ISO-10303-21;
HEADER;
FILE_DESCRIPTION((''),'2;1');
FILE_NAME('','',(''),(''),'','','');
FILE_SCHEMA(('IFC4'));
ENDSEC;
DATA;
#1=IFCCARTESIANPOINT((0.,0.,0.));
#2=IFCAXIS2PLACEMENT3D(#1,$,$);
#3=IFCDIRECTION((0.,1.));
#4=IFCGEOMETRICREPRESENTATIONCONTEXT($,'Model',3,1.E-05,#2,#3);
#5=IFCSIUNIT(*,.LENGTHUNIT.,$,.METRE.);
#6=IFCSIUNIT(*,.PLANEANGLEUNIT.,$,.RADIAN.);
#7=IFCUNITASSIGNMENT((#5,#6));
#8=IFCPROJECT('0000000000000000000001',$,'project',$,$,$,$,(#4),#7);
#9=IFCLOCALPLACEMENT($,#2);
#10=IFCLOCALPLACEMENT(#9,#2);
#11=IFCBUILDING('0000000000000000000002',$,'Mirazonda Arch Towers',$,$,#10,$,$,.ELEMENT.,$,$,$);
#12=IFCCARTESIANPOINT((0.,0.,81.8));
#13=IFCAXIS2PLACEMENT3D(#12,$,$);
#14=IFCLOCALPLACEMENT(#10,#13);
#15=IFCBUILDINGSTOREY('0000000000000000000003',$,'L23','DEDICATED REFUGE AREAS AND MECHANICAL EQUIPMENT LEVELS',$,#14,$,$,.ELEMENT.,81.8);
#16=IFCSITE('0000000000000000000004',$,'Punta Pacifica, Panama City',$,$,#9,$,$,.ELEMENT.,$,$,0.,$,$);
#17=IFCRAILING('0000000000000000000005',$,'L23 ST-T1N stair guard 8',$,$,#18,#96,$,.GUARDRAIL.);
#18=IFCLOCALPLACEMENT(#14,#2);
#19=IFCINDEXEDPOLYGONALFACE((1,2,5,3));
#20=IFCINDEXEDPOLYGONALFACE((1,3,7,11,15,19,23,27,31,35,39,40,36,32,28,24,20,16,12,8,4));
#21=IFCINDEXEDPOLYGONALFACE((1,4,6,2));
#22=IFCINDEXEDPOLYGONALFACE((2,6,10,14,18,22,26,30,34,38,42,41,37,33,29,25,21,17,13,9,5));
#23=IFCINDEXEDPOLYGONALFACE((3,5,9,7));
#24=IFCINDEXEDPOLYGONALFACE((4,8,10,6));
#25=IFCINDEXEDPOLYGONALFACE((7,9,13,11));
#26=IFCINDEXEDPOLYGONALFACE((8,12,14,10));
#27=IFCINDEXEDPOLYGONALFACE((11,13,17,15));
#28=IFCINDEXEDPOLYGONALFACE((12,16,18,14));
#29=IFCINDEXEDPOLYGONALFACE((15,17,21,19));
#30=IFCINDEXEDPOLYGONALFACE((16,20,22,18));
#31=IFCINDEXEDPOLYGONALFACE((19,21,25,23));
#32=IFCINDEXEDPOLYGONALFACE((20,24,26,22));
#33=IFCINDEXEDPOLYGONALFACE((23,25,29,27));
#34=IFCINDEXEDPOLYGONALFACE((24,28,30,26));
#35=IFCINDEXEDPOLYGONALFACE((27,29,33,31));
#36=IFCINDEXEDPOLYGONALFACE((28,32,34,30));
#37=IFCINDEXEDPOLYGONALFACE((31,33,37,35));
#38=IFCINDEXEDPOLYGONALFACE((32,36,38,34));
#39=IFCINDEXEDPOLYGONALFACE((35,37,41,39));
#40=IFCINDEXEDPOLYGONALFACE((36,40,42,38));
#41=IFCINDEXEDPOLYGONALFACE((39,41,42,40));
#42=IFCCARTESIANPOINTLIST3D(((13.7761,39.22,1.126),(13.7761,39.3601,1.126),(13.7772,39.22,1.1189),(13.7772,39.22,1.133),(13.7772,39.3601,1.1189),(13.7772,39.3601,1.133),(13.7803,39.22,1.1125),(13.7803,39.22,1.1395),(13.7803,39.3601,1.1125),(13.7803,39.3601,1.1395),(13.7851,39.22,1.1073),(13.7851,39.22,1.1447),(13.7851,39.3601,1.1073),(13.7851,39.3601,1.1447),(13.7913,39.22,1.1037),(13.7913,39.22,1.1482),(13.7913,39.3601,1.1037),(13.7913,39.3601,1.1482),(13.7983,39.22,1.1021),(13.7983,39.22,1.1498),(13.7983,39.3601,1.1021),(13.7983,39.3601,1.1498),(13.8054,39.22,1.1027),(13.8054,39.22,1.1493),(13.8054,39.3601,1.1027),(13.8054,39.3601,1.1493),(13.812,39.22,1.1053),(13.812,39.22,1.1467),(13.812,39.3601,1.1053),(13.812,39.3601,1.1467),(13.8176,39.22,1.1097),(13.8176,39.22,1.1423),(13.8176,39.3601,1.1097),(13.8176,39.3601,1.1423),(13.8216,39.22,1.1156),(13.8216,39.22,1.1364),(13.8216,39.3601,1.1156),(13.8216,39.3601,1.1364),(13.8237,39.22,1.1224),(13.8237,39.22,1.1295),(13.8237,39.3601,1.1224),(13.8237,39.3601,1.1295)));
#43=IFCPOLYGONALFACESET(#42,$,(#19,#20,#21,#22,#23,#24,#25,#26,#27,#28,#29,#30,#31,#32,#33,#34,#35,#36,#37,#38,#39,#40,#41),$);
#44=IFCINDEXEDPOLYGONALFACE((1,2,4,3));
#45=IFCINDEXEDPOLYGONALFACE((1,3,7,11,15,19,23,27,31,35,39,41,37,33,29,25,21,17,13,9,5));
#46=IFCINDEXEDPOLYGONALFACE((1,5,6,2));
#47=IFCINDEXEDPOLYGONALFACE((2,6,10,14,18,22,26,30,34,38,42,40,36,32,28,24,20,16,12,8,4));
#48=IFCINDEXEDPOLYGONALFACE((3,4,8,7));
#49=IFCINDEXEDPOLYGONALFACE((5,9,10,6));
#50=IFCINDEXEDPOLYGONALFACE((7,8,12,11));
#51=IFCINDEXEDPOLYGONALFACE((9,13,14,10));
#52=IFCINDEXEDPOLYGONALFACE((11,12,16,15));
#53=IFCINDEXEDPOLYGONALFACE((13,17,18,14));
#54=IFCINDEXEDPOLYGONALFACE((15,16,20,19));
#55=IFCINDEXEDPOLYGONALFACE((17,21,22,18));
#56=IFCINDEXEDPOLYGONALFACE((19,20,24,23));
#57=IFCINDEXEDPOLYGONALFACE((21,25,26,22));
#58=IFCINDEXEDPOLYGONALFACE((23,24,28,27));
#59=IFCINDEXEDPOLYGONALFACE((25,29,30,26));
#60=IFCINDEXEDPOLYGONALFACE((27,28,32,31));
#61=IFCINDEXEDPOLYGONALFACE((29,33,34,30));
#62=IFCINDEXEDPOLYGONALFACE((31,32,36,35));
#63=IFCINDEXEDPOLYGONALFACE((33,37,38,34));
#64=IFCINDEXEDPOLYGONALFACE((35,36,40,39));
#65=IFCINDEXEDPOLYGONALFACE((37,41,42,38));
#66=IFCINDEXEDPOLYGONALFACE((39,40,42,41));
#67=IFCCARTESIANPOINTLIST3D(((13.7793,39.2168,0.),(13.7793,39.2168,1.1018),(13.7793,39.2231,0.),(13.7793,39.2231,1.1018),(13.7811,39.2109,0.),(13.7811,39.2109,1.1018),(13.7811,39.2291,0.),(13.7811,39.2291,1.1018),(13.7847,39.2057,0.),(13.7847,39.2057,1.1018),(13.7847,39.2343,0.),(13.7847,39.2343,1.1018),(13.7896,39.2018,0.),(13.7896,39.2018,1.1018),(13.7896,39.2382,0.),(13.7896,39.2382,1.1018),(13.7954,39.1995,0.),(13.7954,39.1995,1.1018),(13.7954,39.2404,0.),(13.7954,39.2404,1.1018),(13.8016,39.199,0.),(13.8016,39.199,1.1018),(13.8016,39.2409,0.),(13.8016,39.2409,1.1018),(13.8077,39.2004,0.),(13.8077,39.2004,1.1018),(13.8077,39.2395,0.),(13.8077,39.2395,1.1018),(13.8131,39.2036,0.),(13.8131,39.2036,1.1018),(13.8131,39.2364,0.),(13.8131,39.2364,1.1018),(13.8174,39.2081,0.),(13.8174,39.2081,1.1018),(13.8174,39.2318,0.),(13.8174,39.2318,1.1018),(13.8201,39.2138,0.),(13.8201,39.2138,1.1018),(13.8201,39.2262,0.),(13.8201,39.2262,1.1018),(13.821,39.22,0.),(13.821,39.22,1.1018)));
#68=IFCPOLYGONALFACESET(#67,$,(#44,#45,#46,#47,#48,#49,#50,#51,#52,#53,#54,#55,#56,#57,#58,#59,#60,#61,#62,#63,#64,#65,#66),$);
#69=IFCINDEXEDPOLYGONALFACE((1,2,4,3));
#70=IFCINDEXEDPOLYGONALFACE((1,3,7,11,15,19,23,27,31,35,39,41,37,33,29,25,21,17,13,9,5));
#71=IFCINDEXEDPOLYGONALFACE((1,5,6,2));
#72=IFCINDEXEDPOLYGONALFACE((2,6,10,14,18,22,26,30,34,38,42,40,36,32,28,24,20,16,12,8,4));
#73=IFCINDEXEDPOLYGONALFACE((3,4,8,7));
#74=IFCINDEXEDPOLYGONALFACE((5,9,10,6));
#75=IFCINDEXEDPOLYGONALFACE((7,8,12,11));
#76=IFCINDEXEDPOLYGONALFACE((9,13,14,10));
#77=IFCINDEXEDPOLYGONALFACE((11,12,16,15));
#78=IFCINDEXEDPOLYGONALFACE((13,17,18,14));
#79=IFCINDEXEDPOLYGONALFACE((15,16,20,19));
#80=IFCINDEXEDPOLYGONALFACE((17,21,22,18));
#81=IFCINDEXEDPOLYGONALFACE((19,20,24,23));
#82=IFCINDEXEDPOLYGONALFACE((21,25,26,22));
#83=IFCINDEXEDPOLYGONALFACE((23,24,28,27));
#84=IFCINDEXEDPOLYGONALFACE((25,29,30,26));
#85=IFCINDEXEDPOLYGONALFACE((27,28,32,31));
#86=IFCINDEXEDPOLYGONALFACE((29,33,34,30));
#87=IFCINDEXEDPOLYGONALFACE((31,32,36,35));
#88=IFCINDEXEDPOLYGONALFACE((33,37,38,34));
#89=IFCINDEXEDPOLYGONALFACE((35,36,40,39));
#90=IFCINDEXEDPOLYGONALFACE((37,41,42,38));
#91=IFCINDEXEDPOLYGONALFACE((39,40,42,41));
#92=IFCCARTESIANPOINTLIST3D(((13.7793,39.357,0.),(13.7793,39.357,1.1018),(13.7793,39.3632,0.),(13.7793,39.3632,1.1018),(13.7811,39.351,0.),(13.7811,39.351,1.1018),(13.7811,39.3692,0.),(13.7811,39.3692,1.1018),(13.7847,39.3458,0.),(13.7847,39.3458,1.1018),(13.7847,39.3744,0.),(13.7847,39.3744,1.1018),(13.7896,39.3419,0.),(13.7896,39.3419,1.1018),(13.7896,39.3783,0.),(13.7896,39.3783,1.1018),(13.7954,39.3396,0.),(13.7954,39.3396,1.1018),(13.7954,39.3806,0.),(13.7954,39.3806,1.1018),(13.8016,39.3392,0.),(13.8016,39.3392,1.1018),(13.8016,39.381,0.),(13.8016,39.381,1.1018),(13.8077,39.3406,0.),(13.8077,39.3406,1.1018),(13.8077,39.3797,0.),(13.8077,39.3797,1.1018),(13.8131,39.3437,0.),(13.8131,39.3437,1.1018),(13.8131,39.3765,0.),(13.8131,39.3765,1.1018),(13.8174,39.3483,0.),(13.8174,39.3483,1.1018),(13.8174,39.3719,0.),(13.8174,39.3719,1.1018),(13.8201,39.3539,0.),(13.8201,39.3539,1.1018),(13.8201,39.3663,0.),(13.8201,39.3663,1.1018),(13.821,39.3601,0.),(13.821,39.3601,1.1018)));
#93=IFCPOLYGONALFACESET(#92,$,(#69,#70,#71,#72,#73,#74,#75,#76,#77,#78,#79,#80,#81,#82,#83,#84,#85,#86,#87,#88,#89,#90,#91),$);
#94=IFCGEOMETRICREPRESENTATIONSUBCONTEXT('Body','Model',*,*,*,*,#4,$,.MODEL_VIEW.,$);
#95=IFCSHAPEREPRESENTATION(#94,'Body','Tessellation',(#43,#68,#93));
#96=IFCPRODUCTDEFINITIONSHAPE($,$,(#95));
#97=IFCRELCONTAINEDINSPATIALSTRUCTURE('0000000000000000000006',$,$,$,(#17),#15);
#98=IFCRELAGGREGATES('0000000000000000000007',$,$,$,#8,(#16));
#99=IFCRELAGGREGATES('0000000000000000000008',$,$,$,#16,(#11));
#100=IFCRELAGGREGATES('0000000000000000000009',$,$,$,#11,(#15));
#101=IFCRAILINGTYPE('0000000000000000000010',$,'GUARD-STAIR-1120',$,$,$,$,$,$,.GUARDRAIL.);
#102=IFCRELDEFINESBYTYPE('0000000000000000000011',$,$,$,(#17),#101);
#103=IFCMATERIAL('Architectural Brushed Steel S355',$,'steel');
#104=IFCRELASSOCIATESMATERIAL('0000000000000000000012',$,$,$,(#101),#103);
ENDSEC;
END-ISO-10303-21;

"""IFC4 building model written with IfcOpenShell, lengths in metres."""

from ifc_helpers import new_model, si_unit, direction, frame, origin, origin_2d, place, context, subcontext, project, spatial, circle, extrude, material, type_object, element, save


model = new_model("IFC4")

# Units and contexts
model_context = context("Model", 3, precision=1e-05, world=origin(), true_north=direction((0.0, 1.0)))
body_context = subcontext(model_context, "Body", "Model", "MODEL_VIEW")
ifc_project = project(units=[si_unit("LENGTHUNIT", "METRE"), si_unit("PLANEANGLEUNIT", "RADIAN")], contexts=[model_context])

# Site, building, storey
site_placement = place(None, origin())
site = spatial("IfcSite", under=ifc_project, at=site_placement, Name="Punta Pacifica, Panama City", CompositionType="ELEMENT", RefElevation=0.0)
building_placement = place(site_placement, origin())
building = spatial("IfcBuilding", under=site, at=building_placement, Name="Mirazonda Arch Towers", CompositionType="ELEMENT")
storey_placement = place(building_placement, frame((0.0, 0.0, 81.8)))
storey = spatial("IfcBuildingStorey", under=building, at=storey_placement, Name="L23", Description="DEDICATED REFUGE AREAS AND MECHANICAL EQUIPMENT LEVELS", CompositionType="ELEMENT", Elevation=81.8)

# Railing
ifc_material_1 = material(Name="Architectural Brushed Steel S355", Category="steel")
railing_type_1 = type_object("IfcRailingType", Name="GUARD-STAIR-1120", PredefinedType="GUARDRAIL", material=ifc_material_1)
railing_1_placement = place(storey_placement, frame((13.8, 39.22, 0.0)))
element("IfcRailing", 1, at=railing_1_placement, inside=storey, type_object=railing_type_1, Name="L23 ST-T1N stair guard 8", PredefinedType="GUARDRAIL", context=body_context, shape_type="SweptSolid", body=[
    extrude(circle(Radius=0.0239, at=origin_2d()), frame((0.0, 0.0, 1.126), z_axis=(0.0, 1.0, 0.0), x_axis=(-1.0, 0.0, 0.0)), (0.0, 0.0, 1.0), 0.1401),
    extrude(circle(Radius=0.021, at=origin_2d()), origin(), (0.0, 0.0, 1.0), 1.1018),
    extrude(circle(Radius=0.021, at=origin_2d()), frame((0.0, 0.1401, 0.0)), (0.0, 0.0, 1.0), 1.1018),
])

save(model, "model.ifc")
